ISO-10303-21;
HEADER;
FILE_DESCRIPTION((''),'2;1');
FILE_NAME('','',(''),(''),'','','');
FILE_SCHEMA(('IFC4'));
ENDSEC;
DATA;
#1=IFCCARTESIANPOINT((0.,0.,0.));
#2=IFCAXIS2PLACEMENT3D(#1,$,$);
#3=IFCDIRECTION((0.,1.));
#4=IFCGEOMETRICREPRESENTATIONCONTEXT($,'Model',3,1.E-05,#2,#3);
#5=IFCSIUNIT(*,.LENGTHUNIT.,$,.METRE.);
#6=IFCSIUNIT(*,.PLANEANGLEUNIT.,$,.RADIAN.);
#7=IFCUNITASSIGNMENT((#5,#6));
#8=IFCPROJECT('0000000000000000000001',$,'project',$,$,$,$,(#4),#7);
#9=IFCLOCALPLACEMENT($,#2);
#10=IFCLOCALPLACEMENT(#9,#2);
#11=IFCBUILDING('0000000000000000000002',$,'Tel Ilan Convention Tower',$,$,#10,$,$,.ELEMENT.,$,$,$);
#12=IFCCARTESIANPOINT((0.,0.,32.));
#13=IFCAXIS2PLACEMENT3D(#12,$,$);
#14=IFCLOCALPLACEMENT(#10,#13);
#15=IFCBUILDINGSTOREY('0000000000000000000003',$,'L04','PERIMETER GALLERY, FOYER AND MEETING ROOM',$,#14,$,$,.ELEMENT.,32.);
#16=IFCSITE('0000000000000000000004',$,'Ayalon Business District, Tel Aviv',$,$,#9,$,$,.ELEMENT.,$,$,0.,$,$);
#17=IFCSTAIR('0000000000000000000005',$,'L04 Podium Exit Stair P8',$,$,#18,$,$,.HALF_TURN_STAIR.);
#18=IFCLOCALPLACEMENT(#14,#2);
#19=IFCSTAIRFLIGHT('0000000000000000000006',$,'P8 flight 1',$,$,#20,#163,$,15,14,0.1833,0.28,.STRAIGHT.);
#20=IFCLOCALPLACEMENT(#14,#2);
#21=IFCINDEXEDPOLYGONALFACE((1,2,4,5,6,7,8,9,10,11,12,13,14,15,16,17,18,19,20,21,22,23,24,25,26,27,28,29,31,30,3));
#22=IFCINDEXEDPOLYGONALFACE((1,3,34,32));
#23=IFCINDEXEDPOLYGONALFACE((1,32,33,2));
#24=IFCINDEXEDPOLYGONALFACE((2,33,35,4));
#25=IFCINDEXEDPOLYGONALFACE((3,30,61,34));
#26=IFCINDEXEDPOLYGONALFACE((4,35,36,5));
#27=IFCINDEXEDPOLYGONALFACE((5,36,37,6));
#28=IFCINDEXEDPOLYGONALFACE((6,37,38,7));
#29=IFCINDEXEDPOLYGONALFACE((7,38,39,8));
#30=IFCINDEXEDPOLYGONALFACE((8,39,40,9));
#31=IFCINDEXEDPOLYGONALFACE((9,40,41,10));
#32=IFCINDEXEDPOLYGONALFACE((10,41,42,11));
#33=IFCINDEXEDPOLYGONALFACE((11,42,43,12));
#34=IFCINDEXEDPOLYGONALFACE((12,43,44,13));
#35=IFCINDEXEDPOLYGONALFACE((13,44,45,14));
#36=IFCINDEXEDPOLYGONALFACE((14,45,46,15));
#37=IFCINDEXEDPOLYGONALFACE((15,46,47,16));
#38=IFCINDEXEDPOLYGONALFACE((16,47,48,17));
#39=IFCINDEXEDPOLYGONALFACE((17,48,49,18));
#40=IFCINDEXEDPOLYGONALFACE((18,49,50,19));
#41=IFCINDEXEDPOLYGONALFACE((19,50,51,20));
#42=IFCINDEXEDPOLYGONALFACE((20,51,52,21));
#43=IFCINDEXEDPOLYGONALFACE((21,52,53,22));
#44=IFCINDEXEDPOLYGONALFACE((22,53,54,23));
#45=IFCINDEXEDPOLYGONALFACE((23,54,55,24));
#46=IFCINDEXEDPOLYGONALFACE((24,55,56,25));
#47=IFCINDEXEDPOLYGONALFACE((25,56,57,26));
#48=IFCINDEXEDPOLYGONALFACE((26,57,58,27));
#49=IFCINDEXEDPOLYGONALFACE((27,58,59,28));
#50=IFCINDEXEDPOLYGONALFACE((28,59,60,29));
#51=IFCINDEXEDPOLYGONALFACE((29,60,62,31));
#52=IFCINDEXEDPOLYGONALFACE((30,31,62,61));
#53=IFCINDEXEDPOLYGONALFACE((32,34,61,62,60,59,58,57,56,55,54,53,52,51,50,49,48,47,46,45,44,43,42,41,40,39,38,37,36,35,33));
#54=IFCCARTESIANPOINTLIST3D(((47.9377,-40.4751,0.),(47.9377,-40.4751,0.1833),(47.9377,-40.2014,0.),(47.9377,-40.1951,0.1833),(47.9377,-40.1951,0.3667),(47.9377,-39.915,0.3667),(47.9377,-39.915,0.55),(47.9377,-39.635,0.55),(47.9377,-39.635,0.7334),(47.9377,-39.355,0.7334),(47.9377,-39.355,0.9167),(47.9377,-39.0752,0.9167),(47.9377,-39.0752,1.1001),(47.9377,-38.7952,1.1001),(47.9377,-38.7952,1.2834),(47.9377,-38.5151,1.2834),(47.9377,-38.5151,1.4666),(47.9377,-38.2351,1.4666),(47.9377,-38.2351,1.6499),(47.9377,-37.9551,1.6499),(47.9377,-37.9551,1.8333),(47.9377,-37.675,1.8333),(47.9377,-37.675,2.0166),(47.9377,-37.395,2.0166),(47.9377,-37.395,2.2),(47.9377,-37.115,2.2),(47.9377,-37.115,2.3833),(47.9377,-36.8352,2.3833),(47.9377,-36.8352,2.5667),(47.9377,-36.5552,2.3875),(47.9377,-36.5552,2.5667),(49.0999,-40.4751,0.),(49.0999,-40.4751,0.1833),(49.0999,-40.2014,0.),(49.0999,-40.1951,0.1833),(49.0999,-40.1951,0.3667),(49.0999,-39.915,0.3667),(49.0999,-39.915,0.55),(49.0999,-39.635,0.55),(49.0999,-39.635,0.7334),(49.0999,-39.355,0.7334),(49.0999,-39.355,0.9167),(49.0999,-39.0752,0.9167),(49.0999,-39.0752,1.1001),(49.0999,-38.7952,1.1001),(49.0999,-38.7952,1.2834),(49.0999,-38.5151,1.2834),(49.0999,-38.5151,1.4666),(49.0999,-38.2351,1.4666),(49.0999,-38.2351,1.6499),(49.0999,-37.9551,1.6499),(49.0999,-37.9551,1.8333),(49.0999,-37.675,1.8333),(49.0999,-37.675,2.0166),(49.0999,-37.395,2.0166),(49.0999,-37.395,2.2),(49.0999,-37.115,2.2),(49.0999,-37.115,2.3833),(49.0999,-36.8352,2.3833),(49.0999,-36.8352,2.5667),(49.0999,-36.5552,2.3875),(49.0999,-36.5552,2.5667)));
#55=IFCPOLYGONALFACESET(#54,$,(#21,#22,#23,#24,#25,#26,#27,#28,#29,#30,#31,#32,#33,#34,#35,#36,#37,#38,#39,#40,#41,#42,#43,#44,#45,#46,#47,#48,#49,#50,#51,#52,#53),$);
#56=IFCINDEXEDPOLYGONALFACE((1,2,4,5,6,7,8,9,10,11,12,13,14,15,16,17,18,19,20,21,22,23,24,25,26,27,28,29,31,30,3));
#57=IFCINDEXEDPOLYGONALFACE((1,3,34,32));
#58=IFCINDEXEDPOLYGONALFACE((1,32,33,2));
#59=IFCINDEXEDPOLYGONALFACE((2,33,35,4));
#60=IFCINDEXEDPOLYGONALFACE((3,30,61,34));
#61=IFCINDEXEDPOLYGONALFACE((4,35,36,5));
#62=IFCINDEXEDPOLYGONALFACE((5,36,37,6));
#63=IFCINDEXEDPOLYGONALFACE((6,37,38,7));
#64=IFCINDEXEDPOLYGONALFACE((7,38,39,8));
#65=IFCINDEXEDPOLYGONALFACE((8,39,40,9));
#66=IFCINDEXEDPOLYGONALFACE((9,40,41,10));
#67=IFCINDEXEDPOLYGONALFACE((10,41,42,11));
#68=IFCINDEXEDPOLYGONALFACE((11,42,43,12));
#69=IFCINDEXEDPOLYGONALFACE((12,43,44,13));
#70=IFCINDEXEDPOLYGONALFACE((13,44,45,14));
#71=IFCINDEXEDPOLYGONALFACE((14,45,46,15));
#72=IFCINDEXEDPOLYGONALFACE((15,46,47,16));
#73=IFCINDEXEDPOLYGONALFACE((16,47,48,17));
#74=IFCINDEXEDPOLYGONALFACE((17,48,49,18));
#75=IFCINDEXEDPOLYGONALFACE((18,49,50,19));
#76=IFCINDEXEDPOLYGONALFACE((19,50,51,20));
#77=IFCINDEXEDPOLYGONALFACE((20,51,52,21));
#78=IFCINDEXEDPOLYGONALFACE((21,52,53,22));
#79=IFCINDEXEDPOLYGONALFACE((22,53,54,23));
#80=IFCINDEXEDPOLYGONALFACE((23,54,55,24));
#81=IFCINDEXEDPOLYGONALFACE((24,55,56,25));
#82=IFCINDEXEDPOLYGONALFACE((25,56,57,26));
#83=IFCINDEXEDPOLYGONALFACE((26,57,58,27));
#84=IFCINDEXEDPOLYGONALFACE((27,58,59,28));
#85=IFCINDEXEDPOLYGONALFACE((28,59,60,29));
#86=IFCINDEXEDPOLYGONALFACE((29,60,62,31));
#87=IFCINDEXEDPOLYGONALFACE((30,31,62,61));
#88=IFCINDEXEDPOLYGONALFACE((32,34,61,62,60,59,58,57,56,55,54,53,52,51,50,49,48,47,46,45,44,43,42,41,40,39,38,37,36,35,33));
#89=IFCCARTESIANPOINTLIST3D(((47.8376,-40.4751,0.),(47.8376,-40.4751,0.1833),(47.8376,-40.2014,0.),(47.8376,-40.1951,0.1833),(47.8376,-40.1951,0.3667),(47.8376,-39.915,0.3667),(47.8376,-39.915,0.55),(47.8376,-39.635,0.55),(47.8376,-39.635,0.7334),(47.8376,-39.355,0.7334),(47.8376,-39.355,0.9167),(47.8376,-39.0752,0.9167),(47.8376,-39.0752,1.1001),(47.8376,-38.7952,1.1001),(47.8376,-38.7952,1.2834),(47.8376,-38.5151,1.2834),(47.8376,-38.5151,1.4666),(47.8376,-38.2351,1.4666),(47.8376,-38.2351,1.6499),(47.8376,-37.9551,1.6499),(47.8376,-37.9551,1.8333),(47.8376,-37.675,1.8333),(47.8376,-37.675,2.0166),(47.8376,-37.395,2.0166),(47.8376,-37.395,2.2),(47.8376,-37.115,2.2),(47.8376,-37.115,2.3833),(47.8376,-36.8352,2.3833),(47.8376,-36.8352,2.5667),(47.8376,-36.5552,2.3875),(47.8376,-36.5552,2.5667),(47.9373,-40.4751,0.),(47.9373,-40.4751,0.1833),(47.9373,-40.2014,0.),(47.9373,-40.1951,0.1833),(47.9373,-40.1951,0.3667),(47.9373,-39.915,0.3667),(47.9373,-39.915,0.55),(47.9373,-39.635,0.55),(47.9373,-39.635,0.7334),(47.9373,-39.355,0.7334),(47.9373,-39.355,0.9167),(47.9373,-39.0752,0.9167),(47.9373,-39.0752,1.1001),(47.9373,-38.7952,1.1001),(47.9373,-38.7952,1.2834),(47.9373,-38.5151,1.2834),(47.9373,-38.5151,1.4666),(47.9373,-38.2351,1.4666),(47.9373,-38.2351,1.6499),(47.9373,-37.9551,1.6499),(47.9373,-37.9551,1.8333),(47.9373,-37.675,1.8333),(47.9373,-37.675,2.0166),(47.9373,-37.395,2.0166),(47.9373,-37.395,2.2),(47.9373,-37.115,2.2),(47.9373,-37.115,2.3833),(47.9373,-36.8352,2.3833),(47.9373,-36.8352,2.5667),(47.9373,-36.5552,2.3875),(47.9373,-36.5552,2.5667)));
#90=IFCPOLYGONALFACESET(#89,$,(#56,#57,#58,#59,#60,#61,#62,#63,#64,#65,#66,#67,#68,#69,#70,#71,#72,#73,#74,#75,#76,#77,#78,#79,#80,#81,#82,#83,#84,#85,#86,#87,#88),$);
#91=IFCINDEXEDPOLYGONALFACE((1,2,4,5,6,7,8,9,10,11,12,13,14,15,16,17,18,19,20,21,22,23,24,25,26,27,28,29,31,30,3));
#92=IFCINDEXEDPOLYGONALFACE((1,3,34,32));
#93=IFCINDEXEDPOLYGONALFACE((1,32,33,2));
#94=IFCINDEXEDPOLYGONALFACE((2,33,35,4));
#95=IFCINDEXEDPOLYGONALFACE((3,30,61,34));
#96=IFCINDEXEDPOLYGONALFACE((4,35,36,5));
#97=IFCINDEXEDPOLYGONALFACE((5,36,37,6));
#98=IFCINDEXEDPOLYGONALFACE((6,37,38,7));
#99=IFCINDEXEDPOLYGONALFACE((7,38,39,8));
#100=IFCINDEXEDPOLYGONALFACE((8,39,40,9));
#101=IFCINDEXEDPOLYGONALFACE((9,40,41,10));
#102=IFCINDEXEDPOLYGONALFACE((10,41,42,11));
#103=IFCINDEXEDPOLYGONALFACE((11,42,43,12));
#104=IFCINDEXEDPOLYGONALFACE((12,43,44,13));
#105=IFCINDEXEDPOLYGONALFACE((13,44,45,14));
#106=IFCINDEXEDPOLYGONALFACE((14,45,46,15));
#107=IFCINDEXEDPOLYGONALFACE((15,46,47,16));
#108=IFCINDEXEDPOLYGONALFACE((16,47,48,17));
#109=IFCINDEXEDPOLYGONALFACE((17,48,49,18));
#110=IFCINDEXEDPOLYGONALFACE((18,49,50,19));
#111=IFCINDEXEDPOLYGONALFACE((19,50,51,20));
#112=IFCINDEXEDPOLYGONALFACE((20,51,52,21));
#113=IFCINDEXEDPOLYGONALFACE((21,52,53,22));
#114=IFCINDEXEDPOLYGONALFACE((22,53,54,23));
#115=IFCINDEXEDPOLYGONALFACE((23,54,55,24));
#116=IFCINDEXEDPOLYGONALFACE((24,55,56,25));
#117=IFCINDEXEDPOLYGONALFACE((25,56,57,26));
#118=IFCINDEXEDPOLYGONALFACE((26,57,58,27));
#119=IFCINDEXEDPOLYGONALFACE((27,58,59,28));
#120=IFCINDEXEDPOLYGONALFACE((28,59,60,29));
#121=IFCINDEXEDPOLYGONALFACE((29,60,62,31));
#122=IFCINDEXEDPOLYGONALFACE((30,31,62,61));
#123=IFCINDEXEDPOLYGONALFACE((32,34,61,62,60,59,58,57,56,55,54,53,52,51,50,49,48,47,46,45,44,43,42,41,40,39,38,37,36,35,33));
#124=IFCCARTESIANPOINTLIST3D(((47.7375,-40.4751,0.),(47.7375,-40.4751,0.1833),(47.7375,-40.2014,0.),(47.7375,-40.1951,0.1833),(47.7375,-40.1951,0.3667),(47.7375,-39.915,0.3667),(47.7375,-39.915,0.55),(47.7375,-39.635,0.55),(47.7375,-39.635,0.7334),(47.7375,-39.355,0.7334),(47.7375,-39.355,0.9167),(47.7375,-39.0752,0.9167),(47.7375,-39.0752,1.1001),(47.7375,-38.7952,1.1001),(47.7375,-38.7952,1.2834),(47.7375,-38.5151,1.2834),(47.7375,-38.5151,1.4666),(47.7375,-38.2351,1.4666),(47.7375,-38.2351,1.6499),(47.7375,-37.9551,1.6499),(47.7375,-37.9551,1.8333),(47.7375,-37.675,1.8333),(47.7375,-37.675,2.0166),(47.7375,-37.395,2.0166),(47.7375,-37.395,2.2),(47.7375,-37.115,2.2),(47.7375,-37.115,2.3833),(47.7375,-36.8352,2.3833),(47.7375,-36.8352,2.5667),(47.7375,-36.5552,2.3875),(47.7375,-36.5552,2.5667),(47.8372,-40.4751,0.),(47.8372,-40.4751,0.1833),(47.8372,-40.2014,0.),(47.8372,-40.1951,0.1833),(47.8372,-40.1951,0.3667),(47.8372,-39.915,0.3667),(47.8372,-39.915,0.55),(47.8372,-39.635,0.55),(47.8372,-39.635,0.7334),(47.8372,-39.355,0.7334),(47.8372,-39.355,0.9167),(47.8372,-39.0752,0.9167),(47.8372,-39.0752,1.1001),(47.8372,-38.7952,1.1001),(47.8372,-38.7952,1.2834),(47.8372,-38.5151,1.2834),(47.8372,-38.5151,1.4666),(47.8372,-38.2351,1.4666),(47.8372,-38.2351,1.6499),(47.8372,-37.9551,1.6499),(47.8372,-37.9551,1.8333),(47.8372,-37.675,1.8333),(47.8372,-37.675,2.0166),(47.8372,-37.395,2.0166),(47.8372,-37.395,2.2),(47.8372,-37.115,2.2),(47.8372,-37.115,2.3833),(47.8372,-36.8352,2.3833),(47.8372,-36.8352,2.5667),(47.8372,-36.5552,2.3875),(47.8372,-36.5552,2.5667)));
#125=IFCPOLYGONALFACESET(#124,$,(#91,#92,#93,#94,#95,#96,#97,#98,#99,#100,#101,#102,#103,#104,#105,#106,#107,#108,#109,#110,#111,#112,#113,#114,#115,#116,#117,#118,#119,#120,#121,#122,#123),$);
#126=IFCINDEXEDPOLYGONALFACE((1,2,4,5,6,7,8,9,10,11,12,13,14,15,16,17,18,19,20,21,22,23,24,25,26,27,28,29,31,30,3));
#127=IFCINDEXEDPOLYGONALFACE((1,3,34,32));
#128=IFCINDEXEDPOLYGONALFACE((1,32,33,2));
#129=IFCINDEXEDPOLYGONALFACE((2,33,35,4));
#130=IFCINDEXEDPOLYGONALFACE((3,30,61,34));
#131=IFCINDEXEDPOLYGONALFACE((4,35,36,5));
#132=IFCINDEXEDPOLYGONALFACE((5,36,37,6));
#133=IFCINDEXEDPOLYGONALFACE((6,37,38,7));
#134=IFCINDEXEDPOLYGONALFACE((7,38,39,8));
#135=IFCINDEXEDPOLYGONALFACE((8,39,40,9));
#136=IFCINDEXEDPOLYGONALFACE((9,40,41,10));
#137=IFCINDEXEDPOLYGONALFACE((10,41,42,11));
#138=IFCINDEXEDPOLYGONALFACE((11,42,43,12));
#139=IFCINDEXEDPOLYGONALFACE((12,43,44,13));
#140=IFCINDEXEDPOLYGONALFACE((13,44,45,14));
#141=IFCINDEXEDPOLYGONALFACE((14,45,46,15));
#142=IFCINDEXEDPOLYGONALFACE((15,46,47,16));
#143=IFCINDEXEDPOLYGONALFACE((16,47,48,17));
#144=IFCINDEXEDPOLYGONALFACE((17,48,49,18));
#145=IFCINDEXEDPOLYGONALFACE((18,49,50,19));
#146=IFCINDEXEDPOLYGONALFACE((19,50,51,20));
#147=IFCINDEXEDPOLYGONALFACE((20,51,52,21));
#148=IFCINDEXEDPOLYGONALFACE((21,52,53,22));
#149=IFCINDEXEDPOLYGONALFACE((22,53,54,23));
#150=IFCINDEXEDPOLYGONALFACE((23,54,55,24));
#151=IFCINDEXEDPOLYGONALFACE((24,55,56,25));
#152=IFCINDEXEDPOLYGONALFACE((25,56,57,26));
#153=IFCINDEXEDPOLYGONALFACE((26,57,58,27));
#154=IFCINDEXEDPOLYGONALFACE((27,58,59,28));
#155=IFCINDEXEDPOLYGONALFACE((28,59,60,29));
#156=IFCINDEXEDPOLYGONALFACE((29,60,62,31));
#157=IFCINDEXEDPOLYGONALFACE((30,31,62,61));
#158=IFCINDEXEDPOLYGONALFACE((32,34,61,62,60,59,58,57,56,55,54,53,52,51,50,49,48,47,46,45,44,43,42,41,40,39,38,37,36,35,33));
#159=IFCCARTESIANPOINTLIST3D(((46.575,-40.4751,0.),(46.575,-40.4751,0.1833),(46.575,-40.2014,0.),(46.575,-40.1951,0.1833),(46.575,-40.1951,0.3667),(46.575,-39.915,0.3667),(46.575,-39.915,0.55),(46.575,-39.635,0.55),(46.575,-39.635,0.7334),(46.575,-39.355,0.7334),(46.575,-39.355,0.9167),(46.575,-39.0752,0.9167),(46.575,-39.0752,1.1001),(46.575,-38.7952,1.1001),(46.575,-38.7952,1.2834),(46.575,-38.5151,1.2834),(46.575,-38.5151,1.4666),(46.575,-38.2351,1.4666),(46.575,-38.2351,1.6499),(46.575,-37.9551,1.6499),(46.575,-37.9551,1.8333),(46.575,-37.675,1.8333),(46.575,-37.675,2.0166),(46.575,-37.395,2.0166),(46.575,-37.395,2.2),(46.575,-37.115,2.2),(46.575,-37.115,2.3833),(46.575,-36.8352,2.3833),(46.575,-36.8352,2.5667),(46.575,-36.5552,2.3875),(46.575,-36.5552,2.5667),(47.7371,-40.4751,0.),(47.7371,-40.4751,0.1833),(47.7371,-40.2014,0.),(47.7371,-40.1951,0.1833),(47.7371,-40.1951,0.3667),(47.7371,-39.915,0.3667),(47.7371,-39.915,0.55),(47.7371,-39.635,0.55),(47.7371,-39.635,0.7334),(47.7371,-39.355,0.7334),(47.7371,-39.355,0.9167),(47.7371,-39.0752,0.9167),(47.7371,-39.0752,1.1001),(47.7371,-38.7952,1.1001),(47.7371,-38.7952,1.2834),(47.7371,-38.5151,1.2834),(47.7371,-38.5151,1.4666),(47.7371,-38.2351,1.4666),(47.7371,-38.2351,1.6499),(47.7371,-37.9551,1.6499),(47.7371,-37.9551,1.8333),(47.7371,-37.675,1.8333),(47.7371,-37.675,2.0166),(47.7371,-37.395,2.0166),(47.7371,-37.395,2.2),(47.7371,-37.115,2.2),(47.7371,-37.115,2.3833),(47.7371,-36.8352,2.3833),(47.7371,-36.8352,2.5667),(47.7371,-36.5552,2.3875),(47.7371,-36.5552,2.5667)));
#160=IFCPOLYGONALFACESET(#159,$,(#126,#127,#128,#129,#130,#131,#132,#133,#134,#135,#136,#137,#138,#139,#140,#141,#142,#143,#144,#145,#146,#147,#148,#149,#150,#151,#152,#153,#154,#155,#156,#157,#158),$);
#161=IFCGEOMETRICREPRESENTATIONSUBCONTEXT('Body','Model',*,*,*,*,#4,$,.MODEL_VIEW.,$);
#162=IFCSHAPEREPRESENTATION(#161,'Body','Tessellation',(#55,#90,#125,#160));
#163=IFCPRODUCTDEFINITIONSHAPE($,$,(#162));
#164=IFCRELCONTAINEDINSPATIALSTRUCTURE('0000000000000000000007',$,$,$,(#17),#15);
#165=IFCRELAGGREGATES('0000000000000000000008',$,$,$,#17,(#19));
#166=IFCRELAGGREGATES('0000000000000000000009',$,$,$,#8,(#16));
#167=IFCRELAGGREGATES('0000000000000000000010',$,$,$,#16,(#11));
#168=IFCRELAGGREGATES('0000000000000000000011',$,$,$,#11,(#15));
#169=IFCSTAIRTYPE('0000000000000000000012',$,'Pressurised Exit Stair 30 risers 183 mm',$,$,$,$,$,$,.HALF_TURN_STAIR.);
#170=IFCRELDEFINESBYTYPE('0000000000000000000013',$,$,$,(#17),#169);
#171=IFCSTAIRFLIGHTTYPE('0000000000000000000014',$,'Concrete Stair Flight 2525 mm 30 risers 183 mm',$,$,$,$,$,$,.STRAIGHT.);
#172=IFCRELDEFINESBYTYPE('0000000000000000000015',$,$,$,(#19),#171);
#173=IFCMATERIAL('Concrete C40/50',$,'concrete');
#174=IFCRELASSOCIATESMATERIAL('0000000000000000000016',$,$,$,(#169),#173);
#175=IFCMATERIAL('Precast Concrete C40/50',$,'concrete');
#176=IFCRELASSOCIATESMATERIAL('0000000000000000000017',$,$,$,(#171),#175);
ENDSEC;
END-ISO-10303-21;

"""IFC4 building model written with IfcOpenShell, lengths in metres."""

from ifc_helpers import new_model, si_unit, direction, frame, origin, place, context, subcontext, project, spatial, polyline, outline, extrude, material, type_object, element, aggregate, save


model = new_model("IFC4")

# Units and contexts
model_context = context("Model", 3, precision=1e-05, world=origin(), true_north=direction((0.0, 1.0)))
body_context = subcontext(model_context, "Body", "Model", "MODEL_VIEW")
ifc_project = project(units=[si_unit("LENGTHUNIT", "METRE"), si_unit("PLANEANGLEUNIT", "RADIAN")], contexts=[model_context])

# Site, building, storey
site_placement = place(None, origin())
site = spatial("IfcSite", under=ifc_project, at=site_placement, Name="Ayalon Business District, Tel Aviv", CompositionType="ELEMENT", RefElevation=0.0)
building_placement = place(site_placement, origin())
building = spatial("IfcBuilding", under=site, at=building_placement, Name="Tel Ilan Convention Tower", CompositionType="ELEMENT")
storey_placement = place(building_placement, frame((0.0, 0.0, 32.0)))
storey = spatial("IfcBuildingStorey", under=building, at=storey_placement, Name="L04", Description="PERIMETER GALLERY, FOYER AND MEETING ROOM", CompositionType="ELEMENT", Elevation=32.0)

# Stair, stair flight
ifc_material_1 = material(Name="Concrete C40/50", Category="concrete")
stair_type = type_object("IfcStairType", Name="Pressurised Exit Stair 30 risers 183 mm", PredefinedType="HALF_TURN_STAIR", material=ifc_material_1)
ifc_material_2 = material(Name="Precast Concrete C40/50", Category="concrete")
stair_flight_type = type_object("IfcStairFlightType", Name="Concrete Stair Flight 2525 mm 30 risers 183 mm", PredefinedType="STRAIGHT", material=ifc_material_2)
stair_1_placement = place(storey_placement, origin())
stair_1 = element("IfcStair", 1, at=stair_1_placement, inside=storey, type_object=stair_type, Name="L04 Podium Exit Stair P8", PredefinedType="HALF_TURN_STAIR")
stair_flight_1_placement = place(storey_placement, frame((47.8374, -40.4751, 0.0), z_axis=(0.0, 0.0, 1.0), x_axis=(0.0, 1.0, 0.0)))
stair_flight_1 = element("IfcStairFlight", 2, at=stair_flight_1_placement, type_object=stair_flight_type, Name="P8 flight 1", NumberOfRisers=15, NumberOfTreads=14, PredefinedType="STRAIGHT", RiserHeight=0.1833, TreadLength=0.28, context=body_context, shape_type="SweptSolid", body=[
    extrude(outline(polyline([(0.0, 0.0), (0.0, 0.1833), (0.28, 0.1833), (0.28, 0.3667), (0.5601, 0.3667), (0.5601, 0.55), (0.8401, 0.55), (0.8401, 0.7334), (1.1201, 0.7334), (1.1201, 0.9167), (1.3999, 0.9167), (1.3999, 1.1001), (1.6799, 1.1001), (1.6799, 1.2834), (1.96, 1.2834), (1.96, 1.4666), (2.24, 1.4666), (2.24, 1.6499), (2.52, 1.6499), (2.52, 1.8333), (2.8, 1.8333), (2.8, 2.0166), (3.0801, 2.0166), (3.0801, 2.2), (3.3601, 2.2), (3.3601, 2.3833), (3.6399, 2.3833), (3.6399, 2.5667), (3.9199, 2.5667), (3.9199, 2.75), (3.9199, 2.3875), (0.2737, 0.0), (0.0, 0.0)])), frame((0.0, -0.1003, 0.0), z_axis=(0.0, -1.0, 0.0), x_axis=(1.0, 0.0, 0.0)), (0.0, 0.0, 1.0), 1.1621),
    extrude(outline(polyline([(0.0, 0.0), (0.0, 0.1833), (0.28, 0.1833), (0.28, 0.3667), (0.5601, 0.3667), (0.5601, 0.55), (0.8401, 0.55), (0.8401, 0.7334), (1.1201, 0.7334), (1.1201, 0.9167), (1.3999, 0.9167), (1.3999, 1.1001), (1.6799, 1.1001), (1.6799, 1.2834), (1.96, 1.2834), (1.96, 1.4666), (2.24, 1.4666), (2.24, 1.6499), (2.52, 1.6499), (2.52, 1.8333), (2.8, 1.8333), (2.8, 2.0166), (3.0801, 2.0166), (3.0801, 2.2), (3.3601, 2.2), (3.3601, 2.3833), (3.6399, 2.3833), (3.6399, 2.5667), (3.9199, 2.5667), (3.9199, 2.75), (3.9199, 2.3875), (0.2737, 0.0), (0.0, 0.0)])), frame((0.0, -0.0002, 0.0), z_axis=(0.0, -1.0, 0.0), x_axis=(1.0, 0.0, 0.0)), (0.0, 0.0, 1.0), 0.0996),
    extrude(outline(polyline([(0.0, 0.0), (0.0, 0.1833), (0.28, 0.1833), (0.28, 0.3667), (0.5601, 0.3667), (0.5601, 0.55), (0.8401, 0.55), (0.8401, 0.7334), (1.1201, 0.7334), (1.1201, 0.9167), (1.3999, 0.9167), (1.3999, 1.1001), (1.6799, 1.1001), (1.6799, 1.2834), (1.96, 1.2834), (1.96, 1.4666), (2.24, 1.4666), (2.24, 1.6499), (2.52, 1.6499), (2.52, 1.8333), (2.8, 1.8333), (2.8, 2.0166), (3.0801, 2.0166), (3.0801, 2.2), (3.3601, 2.2), (3.3601, 2.3833), (3.6399, 2.3833), (3.6399, 2.5667), (3.9199, 2.5667), (3.9199, 2.75), (3.9199, 2.3875), (0.2737, 0.0), (0.0, 0.0)])), frame((0.0, 0.0999, 0.0), z_axis=(0.0, -1.0, 0.0), x_axis=(1.0, 0.0, 0.0)), (0.0, 0.0, 1.0), 0.0996),
    extrude(outline(polyline([(0.0, 0.0), (0.0, 0.1833), (0.28, 0.1833), (0.28, 0.3667), (0.5601, 0.3667), (0.5601, 0.55), (0.8401, 0.55), (0.8401, 0.7334), (1.1201, 0.7334), (1.1201, 0.9167), (1.3999, 0.9167), (1.3999, 1.1001), (1.6799, 1.1001), (1.6799, 1.2834), (1.96, 1.2834), (1.96, 1.4666), (2.24, 1.4666), (2.24, 1.6499), (2.52, 1.6499), (2.52, 1.8333), (2.8, 1.8333), (2.8, 2.0166), (3.0801, 2.0166), (3.0801, 2.2), (3.3601, 2.2), (3.3601, 2.3833), (3.6399, 2.3833), (3.6399, 2.5667), (3.9199, 2.5667), (3.9199, 2.75), (3.9199, 2.3875), (0.2737, 0.0), (0.0, 0.0)])), frame((0.0, 1.2625, 0.0), z_axis=(0.0, -1.0, 0.0), x_axis=(1.0, 0.0, 0.0)), (0.0, 0.0, 1.0), 1.1621),
])
aggregate(stair_1, [stair_flight_1])

save(model, "model.ifc")
